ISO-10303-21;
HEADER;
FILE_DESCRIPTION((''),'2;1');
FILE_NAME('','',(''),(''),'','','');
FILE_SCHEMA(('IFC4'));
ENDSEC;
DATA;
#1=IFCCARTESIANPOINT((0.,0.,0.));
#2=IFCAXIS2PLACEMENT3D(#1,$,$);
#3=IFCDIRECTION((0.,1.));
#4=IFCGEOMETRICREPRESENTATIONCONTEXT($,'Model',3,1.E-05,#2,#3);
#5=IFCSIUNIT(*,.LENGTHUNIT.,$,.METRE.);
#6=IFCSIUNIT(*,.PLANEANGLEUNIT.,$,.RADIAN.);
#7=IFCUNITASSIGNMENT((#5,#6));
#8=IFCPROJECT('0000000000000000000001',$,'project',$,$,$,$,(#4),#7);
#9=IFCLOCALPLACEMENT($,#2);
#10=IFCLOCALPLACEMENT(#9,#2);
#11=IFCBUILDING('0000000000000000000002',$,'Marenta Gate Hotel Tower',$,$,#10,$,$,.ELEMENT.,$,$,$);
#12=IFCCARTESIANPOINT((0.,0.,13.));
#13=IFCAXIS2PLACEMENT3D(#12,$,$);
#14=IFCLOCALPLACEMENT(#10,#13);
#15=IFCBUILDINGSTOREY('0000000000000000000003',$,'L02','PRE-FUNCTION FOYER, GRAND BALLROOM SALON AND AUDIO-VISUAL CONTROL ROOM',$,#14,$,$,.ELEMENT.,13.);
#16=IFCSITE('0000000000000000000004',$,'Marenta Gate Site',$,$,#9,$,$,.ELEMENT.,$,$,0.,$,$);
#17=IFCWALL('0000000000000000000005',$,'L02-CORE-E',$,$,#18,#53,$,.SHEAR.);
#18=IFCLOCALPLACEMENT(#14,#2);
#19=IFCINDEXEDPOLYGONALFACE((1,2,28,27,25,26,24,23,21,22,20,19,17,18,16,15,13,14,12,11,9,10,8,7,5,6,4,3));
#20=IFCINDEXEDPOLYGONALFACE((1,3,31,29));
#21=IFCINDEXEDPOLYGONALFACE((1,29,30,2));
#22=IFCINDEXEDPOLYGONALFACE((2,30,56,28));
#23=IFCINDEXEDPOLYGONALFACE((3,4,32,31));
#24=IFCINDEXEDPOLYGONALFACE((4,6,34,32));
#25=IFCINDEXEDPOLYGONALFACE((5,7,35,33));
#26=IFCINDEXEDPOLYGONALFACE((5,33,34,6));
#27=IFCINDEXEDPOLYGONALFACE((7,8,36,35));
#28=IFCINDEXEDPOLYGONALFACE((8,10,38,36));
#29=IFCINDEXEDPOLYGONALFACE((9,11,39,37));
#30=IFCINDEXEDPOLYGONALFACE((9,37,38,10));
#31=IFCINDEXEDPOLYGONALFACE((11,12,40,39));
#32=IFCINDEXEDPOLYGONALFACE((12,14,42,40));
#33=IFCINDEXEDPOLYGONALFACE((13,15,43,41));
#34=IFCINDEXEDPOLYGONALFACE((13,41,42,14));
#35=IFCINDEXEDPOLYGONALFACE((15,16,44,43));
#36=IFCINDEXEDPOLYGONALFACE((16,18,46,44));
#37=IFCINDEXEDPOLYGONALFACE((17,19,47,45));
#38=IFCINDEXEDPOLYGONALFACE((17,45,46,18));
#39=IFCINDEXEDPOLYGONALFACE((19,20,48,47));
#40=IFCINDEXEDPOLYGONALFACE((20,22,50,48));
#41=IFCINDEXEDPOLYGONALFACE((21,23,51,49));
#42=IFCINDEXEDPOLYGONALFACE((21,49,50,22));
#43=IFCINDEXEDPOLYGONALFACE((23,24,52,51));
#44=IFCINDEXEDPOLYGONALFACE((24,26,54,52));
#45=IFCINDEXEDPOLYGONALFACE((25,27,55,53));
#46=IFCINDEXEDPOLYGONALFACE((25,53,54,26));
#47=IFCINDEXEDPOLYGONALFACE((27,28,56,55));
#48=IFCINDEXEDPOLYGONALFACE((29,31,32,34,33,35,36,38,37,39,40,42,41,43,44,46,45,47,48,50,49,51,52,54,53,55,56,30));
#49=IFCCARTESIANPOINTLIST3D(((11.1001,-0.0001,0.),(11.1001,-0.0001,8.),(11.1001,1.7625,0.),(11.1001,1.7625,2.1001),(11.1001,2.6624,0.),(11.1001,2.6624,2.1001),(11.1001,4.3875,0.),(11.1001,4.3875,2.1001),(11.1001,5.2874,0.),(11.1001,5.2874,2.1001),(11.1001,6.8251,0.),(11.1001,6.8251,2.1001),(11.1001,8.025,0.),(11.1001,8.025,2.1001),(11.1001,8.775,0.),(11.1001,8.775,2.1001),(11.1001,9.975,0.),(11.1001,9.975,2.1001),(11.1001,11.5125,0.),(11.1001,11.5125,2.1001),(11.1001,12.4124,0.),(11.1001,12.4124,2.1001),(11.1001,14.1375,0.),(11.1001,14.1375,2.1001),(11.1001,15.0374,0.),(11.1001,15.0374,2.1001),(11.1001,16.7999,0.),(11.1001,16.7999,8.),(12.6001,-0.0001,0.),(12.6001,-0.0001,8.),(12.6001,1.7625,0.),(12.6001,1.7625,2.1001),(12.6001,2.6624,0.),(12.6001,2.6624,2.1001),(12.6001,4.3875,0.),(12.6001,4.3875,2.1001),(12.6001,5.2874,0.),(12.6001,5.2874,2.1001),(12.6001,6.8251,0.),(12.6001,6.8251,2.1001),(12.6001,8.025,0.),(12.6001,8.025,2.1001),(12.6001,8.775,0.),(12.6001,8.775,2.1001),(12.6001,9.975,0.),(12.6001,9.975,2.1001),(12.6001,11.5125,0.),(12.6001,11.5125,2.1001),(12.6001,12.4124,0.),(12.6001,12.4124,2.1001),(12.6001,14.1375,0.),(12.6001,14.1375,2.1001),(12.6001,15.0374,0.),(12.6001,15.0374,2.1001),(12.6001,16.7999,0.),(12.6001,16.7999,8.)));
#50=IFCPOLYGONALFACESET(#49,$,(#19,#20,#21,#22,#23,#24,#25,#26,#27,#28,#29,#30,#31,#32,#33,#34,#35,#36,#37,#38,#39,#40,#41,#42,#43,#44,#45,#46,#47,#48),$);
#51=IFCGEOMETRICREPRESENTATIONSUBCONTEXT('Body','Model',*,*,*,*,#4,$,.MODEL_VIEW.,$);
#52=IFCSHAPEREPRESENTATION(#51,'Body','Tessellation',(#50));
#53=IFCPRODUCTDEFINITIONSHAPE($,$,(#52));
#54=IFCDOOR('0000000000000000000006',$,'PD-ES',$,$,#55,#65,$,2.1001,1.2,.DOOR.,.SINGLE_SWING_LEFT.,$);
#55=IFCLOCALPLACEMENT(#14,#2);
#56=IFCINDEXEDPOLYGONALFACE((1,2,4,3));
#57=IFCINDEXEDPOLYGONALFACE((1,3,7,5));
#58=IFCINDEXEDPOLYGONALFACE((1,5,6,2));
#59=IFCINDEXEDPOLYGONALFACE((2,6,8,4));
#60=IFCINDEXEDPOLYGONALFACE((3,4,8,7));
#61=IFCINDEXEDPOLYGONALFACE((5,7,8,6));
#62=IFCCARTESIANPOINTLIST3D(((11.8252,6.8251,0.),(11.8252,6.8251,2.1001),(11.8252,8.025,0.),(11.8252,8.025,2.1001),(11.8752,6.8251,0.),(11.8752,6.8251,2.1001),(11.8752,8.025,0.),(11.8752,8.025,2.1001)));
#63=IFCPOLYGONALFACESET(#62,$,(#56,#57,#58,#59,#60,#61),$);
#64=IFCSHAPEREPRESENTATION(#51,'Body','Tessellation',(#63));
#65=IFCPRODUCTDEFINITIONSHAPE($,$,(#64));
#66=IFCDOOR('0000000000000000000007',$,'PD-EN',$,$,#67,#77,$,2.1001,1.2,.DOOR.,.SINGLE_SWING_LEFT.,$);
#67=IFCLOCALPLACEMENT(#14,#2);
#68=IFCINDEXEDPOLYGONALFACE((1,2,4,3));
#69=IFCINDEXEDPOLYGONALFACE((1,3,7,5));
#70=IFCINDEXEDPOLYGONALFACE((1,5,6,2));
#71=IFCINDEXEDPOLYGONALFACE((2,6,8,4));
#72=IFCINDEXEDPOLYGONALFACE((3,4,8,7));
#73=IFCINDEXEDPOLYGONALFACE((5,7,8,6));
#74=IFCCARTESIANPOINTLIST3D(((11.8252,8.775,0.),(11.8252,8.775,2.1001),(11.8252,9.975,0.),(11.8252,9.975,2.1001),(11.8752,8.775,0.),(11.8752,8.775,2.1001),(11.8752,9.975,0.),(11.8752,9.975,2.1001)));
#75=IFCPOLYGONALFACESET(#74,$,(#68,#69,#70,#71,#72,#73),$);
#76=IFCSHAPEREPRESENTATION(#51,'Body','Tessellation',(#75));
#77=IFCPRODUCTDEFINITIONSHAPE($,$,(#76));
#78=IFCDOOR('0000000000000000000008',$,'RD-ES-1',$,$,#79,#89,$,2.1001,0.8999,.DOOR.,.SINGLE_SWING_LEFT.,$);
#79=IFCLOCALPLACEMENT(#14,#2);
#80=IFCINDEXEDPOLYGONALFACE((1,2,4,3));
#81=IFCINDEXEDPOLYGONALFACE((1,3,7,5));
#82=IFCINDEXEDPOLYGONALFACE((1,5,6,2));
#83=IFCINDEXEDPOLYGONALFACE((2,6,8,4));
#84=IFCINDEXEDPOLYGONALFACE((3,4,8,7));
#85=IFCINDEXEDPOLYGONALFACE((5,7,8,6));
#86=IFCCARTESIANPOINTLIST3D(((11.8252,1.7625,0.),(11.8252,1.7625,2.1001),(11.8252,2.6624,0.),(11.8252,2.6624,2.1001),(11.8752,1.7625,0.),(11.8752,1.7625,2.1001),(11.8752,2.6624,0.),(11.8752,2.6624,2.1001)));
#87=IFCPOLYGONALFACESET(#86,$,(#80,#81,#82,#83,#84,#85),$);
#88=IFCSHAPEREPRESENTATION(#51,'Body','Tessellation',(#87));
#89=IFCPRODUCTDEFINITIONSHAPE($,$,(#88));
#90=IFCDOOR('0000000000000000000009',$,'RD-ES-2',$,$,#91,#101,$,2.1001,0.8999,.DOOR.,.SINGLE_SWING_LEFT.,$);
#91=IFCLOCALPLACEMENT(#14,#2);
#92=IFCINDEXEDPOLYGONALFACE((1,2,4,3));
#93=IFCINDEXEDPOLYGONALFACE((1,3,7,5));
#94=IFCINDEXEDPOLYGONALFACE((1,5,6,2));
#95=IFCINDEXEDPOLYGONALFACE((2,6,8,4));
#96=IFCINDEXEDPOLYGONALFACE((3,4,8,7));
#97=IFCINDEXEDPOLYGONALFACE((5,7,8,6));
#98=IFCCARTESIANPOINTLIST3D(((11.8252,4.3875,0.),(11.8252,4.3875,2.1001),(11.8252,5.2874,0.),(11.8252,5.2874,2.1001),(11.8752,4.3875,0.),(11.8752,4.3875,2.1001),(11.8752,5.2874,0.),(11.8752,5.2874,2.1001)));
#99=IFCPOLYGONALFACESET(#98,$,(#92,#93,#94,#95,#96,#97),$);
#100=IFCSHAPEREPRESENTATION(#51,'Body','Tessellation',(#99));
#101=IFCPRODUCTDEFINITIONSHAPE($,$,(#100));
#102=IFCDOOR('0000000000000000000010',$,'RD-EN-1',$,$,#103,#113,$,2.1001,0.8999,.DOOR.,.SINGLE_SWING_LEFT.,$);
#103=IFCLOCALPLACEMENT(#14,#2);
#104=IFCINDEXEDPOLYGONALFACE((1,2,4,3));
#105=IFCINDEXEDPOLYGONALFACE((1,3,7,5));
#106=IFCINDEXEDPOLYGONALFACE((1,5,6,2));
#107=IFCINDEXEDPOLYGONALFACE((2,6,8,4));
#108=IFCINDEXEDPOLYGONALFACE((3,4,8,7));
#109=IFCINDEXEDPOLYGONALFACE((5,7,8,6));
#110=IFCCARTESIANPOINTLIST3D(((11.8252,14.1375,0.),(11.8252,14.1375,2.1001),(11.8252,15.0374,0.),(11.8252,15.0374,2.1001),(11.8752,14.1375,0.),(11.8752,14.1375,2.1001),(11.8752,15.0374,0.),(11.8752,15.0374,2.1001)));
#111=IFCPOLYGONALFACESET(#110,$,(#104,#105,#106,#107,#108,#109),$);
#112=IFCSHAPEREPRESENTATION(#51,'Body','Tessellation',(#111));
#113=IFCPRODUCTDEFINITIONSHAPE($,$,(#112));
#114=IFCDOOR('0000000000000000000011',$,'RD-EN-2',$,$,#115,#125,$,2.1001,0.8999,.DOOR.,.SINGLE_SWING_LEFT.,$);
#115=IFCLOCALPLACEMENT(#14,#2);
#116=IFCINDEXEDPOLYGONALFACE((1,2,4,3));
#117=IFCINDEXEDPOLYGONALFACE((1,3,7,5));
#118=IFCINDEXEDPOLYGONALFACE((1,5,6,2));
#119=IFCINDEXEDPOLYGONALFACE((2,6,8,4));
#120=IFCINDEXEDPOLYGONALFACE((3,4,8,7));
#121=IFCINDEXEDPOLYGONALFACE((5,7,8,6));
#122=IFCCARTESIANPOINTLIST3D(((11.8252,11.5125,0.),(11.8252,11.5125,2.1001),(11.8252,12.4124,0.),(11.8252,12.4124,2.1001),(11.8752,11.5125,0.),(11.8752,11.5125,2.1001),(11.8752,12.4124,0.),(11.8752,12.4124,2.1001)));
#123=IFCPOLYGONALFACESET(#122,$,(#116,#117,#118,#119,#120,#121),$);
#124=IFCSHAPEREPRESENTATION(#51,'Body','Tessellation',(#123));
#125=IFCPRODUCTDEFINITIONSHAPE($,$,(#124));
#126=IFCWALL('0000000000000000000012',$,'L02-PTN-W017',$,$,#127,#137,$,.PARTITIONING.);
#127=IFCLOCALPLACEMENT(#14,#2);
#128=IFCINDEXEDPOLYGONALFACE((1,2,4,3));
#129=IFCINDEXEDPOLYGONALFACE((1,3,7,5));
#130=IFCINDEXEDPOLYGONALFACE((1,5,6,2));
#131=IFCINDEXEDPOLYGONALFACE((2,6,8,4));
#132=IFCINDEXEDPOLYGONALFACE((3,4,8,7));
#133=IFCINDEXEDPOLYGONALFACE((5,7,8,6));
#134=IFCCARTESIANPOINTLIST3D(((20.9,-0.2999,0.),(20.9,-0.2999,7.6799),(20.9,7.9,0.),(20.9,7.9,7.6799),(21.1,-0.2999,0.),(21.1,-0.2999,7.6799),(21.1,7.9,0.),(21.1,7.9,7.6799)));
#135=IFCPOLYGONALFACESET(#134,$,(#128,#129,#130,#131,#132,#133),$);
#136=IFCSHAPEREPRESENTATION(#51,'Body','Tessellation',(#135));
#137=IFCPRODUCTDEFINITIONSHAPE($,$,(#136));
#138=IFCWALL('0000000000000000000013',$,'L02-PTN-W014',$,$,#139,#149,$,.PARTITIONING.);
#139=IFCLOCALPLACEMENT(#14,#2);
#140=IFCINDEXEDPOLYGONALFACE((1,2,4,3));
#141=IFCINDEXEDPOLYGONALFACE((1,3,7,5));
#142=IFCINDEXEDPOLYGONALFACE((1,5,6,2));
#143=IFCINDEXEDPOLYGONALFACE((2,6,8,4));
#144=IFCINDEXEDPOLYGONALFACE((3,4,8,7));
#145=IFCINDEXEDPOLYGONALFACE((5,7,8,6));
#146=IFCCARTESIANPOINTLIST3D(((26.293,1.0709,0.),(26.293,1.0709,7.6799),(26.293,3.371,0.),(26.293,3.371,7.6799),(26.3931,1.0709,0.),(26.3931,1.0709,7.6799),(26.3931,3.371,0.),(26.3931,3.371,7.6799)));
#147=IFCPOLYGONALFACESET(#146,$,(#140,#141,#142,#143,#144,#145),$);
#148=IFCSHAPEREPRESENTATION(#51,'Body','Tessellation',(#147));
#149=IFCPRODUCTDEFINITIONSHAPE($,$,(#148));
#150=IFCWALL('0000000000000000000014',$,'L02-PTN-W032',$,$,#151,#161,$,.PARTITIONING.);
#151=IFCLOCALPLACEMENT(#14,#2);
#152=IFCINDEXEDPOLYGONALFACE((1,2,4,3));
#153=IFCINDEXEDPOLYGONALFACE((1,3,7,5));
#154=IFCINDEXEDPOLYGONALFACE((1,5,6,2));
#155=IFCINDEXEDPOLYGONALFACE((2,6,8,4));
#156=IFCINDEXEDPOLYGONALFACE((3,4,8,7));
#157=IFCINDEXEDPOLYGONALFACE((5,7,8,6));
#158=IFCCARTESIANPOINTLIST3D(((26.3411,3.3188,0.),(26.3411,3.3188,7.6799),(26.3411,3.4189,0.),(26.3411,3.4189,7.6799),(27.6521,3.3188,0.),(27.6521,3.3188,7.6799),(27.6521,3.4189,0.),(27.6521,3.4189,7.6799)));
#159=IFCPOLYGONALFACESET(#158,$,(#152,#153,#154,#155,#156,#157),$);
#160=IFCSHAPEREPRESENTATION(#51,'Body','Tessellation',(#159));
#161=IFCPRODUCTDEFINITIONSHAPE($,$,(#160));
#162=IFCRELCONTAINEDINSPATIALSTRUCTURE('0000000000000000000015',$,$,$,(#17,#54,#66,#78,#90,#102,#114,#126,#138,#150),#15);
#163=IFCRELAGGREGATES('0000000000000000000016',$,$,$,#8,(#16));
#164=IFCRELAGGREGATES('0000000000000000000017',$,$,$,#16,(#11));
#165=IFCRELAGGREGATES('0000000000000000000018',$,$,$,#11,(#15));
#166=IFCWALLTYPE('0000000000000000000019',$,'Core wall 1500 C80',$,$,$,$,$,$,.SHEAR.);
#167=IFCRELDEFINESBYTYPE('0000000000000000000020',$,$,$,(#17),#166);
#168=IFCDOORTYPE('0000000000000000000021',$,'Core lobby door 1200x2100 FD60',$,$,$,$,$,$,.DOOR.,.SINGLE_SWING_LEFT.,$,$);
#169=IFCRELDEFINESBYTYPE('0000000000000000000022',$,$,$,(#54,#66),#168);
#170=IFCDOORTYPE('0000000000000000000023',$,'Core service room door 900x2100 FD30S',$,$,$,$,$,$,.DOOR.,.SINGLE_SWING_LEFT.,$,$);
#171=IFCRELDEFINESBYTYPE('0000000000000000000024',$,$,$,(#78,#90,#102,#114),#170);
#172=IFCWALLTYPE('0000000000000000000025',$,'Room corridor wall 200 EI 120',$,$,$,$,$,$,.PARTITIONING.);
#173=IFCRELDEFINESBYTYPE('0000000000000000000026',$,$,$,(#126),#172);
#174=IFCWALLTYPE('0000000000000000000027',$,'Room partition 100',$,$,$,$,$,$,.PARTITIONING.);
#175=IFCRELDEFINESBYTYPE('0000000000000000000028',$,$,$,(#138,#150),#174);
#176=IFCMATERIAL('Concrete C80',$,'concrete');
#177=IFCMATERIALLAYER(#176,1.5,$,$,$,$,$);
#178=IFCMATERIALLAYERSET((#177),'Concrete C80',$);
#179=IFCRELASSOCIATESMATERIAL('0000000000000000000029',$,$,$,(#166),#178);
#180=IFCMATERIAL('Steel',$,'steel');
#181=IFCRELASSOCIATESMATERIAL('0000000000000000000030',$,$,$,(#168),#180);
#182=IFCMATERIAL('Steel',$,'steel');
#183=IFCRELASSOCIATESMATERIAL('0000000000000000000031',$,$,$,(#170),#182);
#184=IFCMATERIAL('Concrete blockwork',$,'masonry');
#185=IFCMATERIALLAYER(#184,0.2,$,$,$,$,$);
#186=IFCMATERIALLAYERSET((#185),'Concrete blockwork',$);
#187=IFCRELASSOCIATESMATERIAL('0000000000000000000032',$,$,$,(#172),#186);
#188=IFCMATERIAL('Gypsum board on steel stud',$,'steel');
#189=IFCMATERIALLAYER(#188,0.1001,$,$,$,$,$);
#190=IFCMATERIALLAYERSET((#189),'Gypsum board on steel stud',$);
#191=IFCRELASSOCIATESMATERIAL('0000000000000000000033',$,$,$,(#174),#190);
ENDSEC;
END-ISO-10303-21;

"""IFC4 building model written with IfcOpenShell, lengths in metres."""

from ifc_helpers import new_model, si_unit, direction, frame, frame_2d, origin, place, context, subcontext, project, spatial, rectangle, extrude, material, layer, layer_set, type_object, element, fill, save


model = new_model("IFC4")

# Units and contexts
model_context = context("Model", 3, precision=1e-05, world=origin(), true_north=direction((0.0, 1.0)))
body_context = subcontext(model_context, "Body", "Model", "MODEL_VIEW")
ifc_project = project(units=[si_unit("LENGTHUNIT", "METRE"), si_unit("PLANEANGLEUNIT", "RADIAN")], contexts=[model_context])

# Site, building, storey
site_placement = place(None, origin())
site = spatial("IfcSite", under=ifc_project, at=site_placement, Name="Marenta Gate Site", CompositionType="ELEMENT", RefElevation=0.0)
building_placement = place(site_placement, origin())
building = spatial("IfcBuilding", under=site, at=building_placement, Name="Marenta Gate Hotel Tower", CompositionType="ELEMENT")
storey_placement = place(building_placement, frame((0.0, 0.0, 13.0)))
storey = spatial("IfcBuildingStorey", under=building, at=storey_placement, Name="L02", Description="PRE-FUNCTION FOYER, GRAND BALLROOM SALON AND AUDIO-VISUAL CONTROL ROOM", CompositionType="ELEMENT", Elevation=13.0)

# Wall, openings, doors
ifc_material_1 = material(Name="Concrete C80", Category="concrete")
ifc_layer_1 = layer(ifc_material_1, 1.5)
ifc_layer_set_1 = layer_set([ifc_layer_1], Name="Concrete C80")
wall_type_1 = type_object("IfcWallType", Name="Core wall 1500 C80", PredefinedType="SHEAR", material=ifc_layer_set_1)
wall_1_placement = place(storey_placement, frame((11.8501, 0.0, 0.0), z_axis=(0.0, 0.0, 1.0), x_axis=(0.0, 1.0, 0.0)))
wall_1 = element("IfcWall", 1, at=wall_1_placement, inside=storey, type_object=wall_type_1, Name="L02-CORE-E", PredefinedType="SHEAR", context=body_context, shape_type="SweptSolid", body=[
    extrude(rectangle(XDim=16.8, YDim=1.5, at=frame_2d((8.3999, 0.0))), origin(), (0.0, 0.0, 1.0), 8.0),
])
opening_1_placement = place(wall_1_placement, frame((1.7625, 0.0, 0.0)))
opening_1 = element("IfcOpeningElement", 2, at=opening_1_placement, cuts=wall_1, PredefinedType="OPENING", context=body_context, shape_type="SweptSolid", body=[
    extrude(rectangle(XDim=0.8999, YDim=2.1001, at=frame_2d((0.45, 1.05))), frame((0.0, 0.75, 0.0), z_axis=(0.0, -1.0, 0.0), x_axis=(1.0, 0.0, 0.0)), (0.0, 0.0, 1.0), 1.5),
])
opening_2_placement = place(wall_1_placement, frame((4.3875, 0.0, 0.0)))
opening_2 = element("IfcOpeningElement", 3, at=opening_2_placement, cuts=wall_1, PredefinedType="OPENING", context=body_context, shape_type="SweptSolid", body=[
    extrude(rectangle(XDim=0.8999, YDim=2.1001, at=frame_2d((0.45, 1.05))), frame((0.0, 0.75, 0.0), z_axis=(0.0, -1.0, 0.0), x_axis=(1.0, 0.0, 0.0)), (0.0, 0.0, 1.0), 1.5),
])
opening_3_placement = place(wall_1_placement, frame((6.825, 0.0, 0.0)))
opening_3 = element("IfcOpeningElement", 4, at=opening_3_placement, cuts=wall_1, PredefinedType="OPENING", context=body_context, shape_type="SweptSolid", body=[
    extrude(rectangle(XDim=1.2, YDim=2.1001, at=frame_2d((0.6001, 1.05))), frame((0.0, 0.75, 0.0), z_axis=(0.0, -1.0, 0.0), x_axis=(1.0, 0.0, 0.0)), (0.0, 0.0, 1.0), 1.5),
])
opening_4_placement = place(wall_1_placement, frame((14.1375, 0.0, 0.0)))
opening_4 = element("IfcOpeningElement", 5, at=opening_4_placement, cuts=wall_1, PredefinedType="OPENING", context=body_context, shape_type="SweptSolid", body=[
    extrude(rectangle(XDim=0.8999, YDim=2.1001, at=frame_2d((0.45, 1.05))), frame((0.0, 0.75, 0.0), z_axis=(0.0, -1.0, 0.0), x_axis=(1.0, 0.0, 0.0)), (0.0, 0.0, 1.0), 1.5),
])
opening_5_placement = place(wall_1_placement, frame((11.5125, 0.0, 0.0)))
opening_5 = element("IfcOpeningElement", 6, at=opening_5_placement, cuts=wall_1, PredefinedType="OPENING", context=body_context, shape_type="SweptSolid", body=[
    extrude(rectangle(XDim=0.8999, YDim=2.1001, at=frame_2d((0.45, 1.05))), frame((0.0, 0.75, 0.0), z_axis=(0.0, -1.0, 0.0), x_axis=(1.0, 0.0, 0.0)), (0.0, 0.0, 1.0), 1.5),
])
opening_6_placement = place(wall_1_placement, frame((8.7749, 0.0, 0.0)))
opening_6 = element("IfcOpeningElement", 7, at=opening_6_placement, cuts=wall_1, PredefinedType="OPENING", context=body_context, shape_type="SweptSolid", body=[
    extrude(rectangle(XDim=1.2, YDim=2.1001, at=frame_2d((0.6001, 1.05))), frame((0.0, 0.75, 0.0), z_axis=(0.0, -1.0, 0.0), x_axis=(1.0, 0.0, 0.0)), (0.0, 0.0, 1.0), 1.5),
])
ifc_material_2 = material(Name="Steel", Category="steel")
door_type_1 = type_object("IfcDoorType", Name="Core lobby door 1200x2100 FD60", OperationType="SINGLE_SWING_LEFT", PredefinedType="DOOR", material=ifc_material_2)
door_1_placement = place(opening_3_placement, origin())
door_1 = element("IfcDoor", 8, at=door_1_placement, inside=storey, type_object=door_type_1, Name="PD-ES", OperationType="SINGLE_SWING_LEFT", OverallHeight=2.1001, OverallWidth=1.2, PredefinedType="DOOR", context=body_context, shape_type="SweptSolid", body=[
    extrude(rectangle(XDim=1.2, YDim=2.1001, at=frame_2d((0.6001, 1.05))), frame((0.0, 0.0249, 0.0), z_axis=(0.0, -1.0, 0.0), x_axis=(1.0, 0.0, 0.0)), (0.0, 0.0, 1.0), 0.05),
])
fill(opening_3, door_1)
door_2_placement = place(opening_6_placement, origin())
door_2 = element("IfcDoor", 9, at=door_2_placement, inside=storey, type_object=door_type_1, Name="PD-EN", OperationType="SINGLE_SWING_LEFT", OverallHeight=2.1001, OverallWidth=1.2, PredefinedType="DOOR", context=body_context, shape_type="SweptSolid", body=[
    extrude(rectangle(XDim=1.2, YDim=2.1001, at=frame_2d((0.6001, 1.05))), frame((0.0, 0.0249, 0.0), z_axis=(0.0, -1.0, 0.0), x_axis=(1.0, 0.0, 0.0)), (0.0, 0.0, 1.0), 0.05),
])
fill(opening_6, door_2)
ifc_material_3 = material(Name="Steel", Category="steel")
door_type_2 = type_object("IfcDoorType", Name="Core service room door 900x2100 FD30S", OperationType="SINGLE_SWING_LEFT", PredefinedType="DOOR", material=ifc_material_3)
door_3_placement = place(opening_1_placement, origin())
door_3 = element("IfcDoor", 10, at=door_3_placement, inside=storey, type_object=door_type_2, Name="RD-ES-1", OperationType="SINGLE_SWING_LEFT", OverallHeight=2.1001, OverallWidth=0.8999, PredefinedType="DOOR", context=body_context, shape_type="SweptSolid", body=[
    extrude(rectangle(XDim=0.8999, YDim=2.1001, at=frame_2d((0.45, 1.05))), frame((0.0, 0.0249, 0.0), z_axis=(0.0, -1.0, 0.0), x_axis=(1.0, 0.0, 0.0)), (0.0, 0.0, 1.0), 0.05),
])
fill(opening_1, door_3)
door_4_placement = place(opening_2_placement, origin())
door_4 = element("IfcDoor", 11, at=door_4_placement, inside=storey, type_object=door_type_2, Name="RD-ES-2", OperationType="SINGLE_SWING_LEFT", OverallHeight=2.1001, OverallWidth=0.8999, PredefinedType="DOOR", context=body_context, shape_type="SweptSolid", body=[
    extrude(rectangle(XDim=0.8999, YDim=2.1001, at=frame_2d((0.45, 1.05))), frame((0.0, 0.0249, 0.0), z_axis=(0.0, -1.0, 0.0), x_axis=(1.0, 0.0, 0.0)), (0.0, 0.0, 1.0), 0.05),
])
fill(opening_2, door_4)
door_5_placement = place(opening_4_placement, origin())
door_5 = element("IfcDoor", 12, at=door_5_placement, inside=storey, type_object=door_type_2, Name="RD-EN-1", OperationType="SINGLE_SWING_LEFT", OverallHeight=2.1001, OverallWidth=0.8999, PredefinedType="DOOR", context=body_context, shape_type="SweptSolid", body=[
    extrude(rectangle(XDim=0.8999, YDim=2.1001, at=frame_2d((0.45, 1.05))), frame((0.0, 0.0249, 0.0), z_axis=(0.0, -1.0, 0.0), x_axis=(1.0, 0.0, 0.0)), (0.0, 0.0, 1.0), 0.05),
])
fill(opening_4, door_5)
door_6_placement = place(opening_5_placement, origin())
door_6 = element("IfcDoor", 13, at=door_6_placement, inside=storey, type_object=door_type_2, Name="RD-EN-2", OperationType="SINGLE_SWING_LEFT", OverallHeight=2.1001, OverallWidth=0.8999, PredefinedType="DOOR", context=body_context, shape_type="SweptSolid", body=[
    extrude(rectangle(XDim=0.8999, YDim=2.1001, at=frame_2d((0.45, 1.05))), frame((0.0, 0.0249, 0.0), z_axis=(0.0, -1.0, 0.0), x_axis=(1.0, 0.0, 0.0)), (0.0, 0.0, 1.0), 0.05),
])
fill(opening_5, door_6)

# Walls
ifc_material_4 = material(Name="Concrete blockwork", Category="masonry")
ifc_layer_2 = layer(ifc_material_4, 0.2)
ifc_layer_set_2 = layer_set([ifc_layer_2], Name="Concrete blockwork")
wall_type_2 = type_object("IfcWallType", Name="Room corridor wall 200 EI 120", PredefinedType="PARTITIONING", material=ifc_layer_set_2)
wall_2_placement = place(storey_placement, frame((21.0, -0.3, 0.0), z_axis=(0.0, 0.0, 1.0), x_axis=(0.0, 1.0, 0.0)))
element("IfcWall", 14, at=wall_2_placement, inside=storey, type_object=wall_type_2, Name="L02-PTN-W017", PredefinedType="PARTITIONING", context=body_context, shape_type="SweptSolid", body=[
    extrude(rectangle(XDim=8.2, YDim=0.2, at=frame_2d((4.1001, 0.0))), origin(), (0.0, 0.0, 1.0), 7.6799),
])
ifc_material_5 = material(Name="Gypsum board on steel stud", Category="steel")
ifc_layer_3 = layer(ifc_material_5, 0.1001)
ifc_layer_set_3 = layer_set([ifc_layer_3], Name="Gypsum board on steel stud")
wall_type_3 = type_object("IfcWallType", Name="Room partition 100", PredefinedType="PARTITIONING", material=ifc_layer_set_3)
wall_3_placement = place(storey_placement, frame((26.343, 1.071, 0.0), z_axis=(0.0, 0.0, 1.0), x_axis=(0.0, 1.0, 0.0)))
element("IfcWall", 15, at=wall_3_placement, inside=storey, type_object=wall_type_3, Name="L02-PTN-W014", PredefinedType="PARTITIONING", context=body_context, shape_type="SweptSolid", body=[
    extrude(rectangle(XDim=2.3, YDim=0.1001, at=frame_2d((1.1499, 0.0))), origin(), (0.0, 0.0, 1.0), 7.6799),
])
wall_4_placement = place(storey_placement, frame((26.3411, 3.3689, 0.0), z_axis=(0.0, 0.0, 1.0), x_axis=(1.0, 0.0, 0.0)))
element("IfcWall", 16, at=wall_4_placement, inside=storey, type_object=wall_type_3, Name="L02-PTN-W032", PredefinedType="PARTITIONING", context=body_context, shape_type="SweptSolid", body=[
    extrude(rectangle(XDim=1.311, YDim=0.1001, at=frame_2d((0.6555, 0.0))), origin(), (0.0, 0.0, 1.0), 7.6799),
])

save(model, "model.ifc")
